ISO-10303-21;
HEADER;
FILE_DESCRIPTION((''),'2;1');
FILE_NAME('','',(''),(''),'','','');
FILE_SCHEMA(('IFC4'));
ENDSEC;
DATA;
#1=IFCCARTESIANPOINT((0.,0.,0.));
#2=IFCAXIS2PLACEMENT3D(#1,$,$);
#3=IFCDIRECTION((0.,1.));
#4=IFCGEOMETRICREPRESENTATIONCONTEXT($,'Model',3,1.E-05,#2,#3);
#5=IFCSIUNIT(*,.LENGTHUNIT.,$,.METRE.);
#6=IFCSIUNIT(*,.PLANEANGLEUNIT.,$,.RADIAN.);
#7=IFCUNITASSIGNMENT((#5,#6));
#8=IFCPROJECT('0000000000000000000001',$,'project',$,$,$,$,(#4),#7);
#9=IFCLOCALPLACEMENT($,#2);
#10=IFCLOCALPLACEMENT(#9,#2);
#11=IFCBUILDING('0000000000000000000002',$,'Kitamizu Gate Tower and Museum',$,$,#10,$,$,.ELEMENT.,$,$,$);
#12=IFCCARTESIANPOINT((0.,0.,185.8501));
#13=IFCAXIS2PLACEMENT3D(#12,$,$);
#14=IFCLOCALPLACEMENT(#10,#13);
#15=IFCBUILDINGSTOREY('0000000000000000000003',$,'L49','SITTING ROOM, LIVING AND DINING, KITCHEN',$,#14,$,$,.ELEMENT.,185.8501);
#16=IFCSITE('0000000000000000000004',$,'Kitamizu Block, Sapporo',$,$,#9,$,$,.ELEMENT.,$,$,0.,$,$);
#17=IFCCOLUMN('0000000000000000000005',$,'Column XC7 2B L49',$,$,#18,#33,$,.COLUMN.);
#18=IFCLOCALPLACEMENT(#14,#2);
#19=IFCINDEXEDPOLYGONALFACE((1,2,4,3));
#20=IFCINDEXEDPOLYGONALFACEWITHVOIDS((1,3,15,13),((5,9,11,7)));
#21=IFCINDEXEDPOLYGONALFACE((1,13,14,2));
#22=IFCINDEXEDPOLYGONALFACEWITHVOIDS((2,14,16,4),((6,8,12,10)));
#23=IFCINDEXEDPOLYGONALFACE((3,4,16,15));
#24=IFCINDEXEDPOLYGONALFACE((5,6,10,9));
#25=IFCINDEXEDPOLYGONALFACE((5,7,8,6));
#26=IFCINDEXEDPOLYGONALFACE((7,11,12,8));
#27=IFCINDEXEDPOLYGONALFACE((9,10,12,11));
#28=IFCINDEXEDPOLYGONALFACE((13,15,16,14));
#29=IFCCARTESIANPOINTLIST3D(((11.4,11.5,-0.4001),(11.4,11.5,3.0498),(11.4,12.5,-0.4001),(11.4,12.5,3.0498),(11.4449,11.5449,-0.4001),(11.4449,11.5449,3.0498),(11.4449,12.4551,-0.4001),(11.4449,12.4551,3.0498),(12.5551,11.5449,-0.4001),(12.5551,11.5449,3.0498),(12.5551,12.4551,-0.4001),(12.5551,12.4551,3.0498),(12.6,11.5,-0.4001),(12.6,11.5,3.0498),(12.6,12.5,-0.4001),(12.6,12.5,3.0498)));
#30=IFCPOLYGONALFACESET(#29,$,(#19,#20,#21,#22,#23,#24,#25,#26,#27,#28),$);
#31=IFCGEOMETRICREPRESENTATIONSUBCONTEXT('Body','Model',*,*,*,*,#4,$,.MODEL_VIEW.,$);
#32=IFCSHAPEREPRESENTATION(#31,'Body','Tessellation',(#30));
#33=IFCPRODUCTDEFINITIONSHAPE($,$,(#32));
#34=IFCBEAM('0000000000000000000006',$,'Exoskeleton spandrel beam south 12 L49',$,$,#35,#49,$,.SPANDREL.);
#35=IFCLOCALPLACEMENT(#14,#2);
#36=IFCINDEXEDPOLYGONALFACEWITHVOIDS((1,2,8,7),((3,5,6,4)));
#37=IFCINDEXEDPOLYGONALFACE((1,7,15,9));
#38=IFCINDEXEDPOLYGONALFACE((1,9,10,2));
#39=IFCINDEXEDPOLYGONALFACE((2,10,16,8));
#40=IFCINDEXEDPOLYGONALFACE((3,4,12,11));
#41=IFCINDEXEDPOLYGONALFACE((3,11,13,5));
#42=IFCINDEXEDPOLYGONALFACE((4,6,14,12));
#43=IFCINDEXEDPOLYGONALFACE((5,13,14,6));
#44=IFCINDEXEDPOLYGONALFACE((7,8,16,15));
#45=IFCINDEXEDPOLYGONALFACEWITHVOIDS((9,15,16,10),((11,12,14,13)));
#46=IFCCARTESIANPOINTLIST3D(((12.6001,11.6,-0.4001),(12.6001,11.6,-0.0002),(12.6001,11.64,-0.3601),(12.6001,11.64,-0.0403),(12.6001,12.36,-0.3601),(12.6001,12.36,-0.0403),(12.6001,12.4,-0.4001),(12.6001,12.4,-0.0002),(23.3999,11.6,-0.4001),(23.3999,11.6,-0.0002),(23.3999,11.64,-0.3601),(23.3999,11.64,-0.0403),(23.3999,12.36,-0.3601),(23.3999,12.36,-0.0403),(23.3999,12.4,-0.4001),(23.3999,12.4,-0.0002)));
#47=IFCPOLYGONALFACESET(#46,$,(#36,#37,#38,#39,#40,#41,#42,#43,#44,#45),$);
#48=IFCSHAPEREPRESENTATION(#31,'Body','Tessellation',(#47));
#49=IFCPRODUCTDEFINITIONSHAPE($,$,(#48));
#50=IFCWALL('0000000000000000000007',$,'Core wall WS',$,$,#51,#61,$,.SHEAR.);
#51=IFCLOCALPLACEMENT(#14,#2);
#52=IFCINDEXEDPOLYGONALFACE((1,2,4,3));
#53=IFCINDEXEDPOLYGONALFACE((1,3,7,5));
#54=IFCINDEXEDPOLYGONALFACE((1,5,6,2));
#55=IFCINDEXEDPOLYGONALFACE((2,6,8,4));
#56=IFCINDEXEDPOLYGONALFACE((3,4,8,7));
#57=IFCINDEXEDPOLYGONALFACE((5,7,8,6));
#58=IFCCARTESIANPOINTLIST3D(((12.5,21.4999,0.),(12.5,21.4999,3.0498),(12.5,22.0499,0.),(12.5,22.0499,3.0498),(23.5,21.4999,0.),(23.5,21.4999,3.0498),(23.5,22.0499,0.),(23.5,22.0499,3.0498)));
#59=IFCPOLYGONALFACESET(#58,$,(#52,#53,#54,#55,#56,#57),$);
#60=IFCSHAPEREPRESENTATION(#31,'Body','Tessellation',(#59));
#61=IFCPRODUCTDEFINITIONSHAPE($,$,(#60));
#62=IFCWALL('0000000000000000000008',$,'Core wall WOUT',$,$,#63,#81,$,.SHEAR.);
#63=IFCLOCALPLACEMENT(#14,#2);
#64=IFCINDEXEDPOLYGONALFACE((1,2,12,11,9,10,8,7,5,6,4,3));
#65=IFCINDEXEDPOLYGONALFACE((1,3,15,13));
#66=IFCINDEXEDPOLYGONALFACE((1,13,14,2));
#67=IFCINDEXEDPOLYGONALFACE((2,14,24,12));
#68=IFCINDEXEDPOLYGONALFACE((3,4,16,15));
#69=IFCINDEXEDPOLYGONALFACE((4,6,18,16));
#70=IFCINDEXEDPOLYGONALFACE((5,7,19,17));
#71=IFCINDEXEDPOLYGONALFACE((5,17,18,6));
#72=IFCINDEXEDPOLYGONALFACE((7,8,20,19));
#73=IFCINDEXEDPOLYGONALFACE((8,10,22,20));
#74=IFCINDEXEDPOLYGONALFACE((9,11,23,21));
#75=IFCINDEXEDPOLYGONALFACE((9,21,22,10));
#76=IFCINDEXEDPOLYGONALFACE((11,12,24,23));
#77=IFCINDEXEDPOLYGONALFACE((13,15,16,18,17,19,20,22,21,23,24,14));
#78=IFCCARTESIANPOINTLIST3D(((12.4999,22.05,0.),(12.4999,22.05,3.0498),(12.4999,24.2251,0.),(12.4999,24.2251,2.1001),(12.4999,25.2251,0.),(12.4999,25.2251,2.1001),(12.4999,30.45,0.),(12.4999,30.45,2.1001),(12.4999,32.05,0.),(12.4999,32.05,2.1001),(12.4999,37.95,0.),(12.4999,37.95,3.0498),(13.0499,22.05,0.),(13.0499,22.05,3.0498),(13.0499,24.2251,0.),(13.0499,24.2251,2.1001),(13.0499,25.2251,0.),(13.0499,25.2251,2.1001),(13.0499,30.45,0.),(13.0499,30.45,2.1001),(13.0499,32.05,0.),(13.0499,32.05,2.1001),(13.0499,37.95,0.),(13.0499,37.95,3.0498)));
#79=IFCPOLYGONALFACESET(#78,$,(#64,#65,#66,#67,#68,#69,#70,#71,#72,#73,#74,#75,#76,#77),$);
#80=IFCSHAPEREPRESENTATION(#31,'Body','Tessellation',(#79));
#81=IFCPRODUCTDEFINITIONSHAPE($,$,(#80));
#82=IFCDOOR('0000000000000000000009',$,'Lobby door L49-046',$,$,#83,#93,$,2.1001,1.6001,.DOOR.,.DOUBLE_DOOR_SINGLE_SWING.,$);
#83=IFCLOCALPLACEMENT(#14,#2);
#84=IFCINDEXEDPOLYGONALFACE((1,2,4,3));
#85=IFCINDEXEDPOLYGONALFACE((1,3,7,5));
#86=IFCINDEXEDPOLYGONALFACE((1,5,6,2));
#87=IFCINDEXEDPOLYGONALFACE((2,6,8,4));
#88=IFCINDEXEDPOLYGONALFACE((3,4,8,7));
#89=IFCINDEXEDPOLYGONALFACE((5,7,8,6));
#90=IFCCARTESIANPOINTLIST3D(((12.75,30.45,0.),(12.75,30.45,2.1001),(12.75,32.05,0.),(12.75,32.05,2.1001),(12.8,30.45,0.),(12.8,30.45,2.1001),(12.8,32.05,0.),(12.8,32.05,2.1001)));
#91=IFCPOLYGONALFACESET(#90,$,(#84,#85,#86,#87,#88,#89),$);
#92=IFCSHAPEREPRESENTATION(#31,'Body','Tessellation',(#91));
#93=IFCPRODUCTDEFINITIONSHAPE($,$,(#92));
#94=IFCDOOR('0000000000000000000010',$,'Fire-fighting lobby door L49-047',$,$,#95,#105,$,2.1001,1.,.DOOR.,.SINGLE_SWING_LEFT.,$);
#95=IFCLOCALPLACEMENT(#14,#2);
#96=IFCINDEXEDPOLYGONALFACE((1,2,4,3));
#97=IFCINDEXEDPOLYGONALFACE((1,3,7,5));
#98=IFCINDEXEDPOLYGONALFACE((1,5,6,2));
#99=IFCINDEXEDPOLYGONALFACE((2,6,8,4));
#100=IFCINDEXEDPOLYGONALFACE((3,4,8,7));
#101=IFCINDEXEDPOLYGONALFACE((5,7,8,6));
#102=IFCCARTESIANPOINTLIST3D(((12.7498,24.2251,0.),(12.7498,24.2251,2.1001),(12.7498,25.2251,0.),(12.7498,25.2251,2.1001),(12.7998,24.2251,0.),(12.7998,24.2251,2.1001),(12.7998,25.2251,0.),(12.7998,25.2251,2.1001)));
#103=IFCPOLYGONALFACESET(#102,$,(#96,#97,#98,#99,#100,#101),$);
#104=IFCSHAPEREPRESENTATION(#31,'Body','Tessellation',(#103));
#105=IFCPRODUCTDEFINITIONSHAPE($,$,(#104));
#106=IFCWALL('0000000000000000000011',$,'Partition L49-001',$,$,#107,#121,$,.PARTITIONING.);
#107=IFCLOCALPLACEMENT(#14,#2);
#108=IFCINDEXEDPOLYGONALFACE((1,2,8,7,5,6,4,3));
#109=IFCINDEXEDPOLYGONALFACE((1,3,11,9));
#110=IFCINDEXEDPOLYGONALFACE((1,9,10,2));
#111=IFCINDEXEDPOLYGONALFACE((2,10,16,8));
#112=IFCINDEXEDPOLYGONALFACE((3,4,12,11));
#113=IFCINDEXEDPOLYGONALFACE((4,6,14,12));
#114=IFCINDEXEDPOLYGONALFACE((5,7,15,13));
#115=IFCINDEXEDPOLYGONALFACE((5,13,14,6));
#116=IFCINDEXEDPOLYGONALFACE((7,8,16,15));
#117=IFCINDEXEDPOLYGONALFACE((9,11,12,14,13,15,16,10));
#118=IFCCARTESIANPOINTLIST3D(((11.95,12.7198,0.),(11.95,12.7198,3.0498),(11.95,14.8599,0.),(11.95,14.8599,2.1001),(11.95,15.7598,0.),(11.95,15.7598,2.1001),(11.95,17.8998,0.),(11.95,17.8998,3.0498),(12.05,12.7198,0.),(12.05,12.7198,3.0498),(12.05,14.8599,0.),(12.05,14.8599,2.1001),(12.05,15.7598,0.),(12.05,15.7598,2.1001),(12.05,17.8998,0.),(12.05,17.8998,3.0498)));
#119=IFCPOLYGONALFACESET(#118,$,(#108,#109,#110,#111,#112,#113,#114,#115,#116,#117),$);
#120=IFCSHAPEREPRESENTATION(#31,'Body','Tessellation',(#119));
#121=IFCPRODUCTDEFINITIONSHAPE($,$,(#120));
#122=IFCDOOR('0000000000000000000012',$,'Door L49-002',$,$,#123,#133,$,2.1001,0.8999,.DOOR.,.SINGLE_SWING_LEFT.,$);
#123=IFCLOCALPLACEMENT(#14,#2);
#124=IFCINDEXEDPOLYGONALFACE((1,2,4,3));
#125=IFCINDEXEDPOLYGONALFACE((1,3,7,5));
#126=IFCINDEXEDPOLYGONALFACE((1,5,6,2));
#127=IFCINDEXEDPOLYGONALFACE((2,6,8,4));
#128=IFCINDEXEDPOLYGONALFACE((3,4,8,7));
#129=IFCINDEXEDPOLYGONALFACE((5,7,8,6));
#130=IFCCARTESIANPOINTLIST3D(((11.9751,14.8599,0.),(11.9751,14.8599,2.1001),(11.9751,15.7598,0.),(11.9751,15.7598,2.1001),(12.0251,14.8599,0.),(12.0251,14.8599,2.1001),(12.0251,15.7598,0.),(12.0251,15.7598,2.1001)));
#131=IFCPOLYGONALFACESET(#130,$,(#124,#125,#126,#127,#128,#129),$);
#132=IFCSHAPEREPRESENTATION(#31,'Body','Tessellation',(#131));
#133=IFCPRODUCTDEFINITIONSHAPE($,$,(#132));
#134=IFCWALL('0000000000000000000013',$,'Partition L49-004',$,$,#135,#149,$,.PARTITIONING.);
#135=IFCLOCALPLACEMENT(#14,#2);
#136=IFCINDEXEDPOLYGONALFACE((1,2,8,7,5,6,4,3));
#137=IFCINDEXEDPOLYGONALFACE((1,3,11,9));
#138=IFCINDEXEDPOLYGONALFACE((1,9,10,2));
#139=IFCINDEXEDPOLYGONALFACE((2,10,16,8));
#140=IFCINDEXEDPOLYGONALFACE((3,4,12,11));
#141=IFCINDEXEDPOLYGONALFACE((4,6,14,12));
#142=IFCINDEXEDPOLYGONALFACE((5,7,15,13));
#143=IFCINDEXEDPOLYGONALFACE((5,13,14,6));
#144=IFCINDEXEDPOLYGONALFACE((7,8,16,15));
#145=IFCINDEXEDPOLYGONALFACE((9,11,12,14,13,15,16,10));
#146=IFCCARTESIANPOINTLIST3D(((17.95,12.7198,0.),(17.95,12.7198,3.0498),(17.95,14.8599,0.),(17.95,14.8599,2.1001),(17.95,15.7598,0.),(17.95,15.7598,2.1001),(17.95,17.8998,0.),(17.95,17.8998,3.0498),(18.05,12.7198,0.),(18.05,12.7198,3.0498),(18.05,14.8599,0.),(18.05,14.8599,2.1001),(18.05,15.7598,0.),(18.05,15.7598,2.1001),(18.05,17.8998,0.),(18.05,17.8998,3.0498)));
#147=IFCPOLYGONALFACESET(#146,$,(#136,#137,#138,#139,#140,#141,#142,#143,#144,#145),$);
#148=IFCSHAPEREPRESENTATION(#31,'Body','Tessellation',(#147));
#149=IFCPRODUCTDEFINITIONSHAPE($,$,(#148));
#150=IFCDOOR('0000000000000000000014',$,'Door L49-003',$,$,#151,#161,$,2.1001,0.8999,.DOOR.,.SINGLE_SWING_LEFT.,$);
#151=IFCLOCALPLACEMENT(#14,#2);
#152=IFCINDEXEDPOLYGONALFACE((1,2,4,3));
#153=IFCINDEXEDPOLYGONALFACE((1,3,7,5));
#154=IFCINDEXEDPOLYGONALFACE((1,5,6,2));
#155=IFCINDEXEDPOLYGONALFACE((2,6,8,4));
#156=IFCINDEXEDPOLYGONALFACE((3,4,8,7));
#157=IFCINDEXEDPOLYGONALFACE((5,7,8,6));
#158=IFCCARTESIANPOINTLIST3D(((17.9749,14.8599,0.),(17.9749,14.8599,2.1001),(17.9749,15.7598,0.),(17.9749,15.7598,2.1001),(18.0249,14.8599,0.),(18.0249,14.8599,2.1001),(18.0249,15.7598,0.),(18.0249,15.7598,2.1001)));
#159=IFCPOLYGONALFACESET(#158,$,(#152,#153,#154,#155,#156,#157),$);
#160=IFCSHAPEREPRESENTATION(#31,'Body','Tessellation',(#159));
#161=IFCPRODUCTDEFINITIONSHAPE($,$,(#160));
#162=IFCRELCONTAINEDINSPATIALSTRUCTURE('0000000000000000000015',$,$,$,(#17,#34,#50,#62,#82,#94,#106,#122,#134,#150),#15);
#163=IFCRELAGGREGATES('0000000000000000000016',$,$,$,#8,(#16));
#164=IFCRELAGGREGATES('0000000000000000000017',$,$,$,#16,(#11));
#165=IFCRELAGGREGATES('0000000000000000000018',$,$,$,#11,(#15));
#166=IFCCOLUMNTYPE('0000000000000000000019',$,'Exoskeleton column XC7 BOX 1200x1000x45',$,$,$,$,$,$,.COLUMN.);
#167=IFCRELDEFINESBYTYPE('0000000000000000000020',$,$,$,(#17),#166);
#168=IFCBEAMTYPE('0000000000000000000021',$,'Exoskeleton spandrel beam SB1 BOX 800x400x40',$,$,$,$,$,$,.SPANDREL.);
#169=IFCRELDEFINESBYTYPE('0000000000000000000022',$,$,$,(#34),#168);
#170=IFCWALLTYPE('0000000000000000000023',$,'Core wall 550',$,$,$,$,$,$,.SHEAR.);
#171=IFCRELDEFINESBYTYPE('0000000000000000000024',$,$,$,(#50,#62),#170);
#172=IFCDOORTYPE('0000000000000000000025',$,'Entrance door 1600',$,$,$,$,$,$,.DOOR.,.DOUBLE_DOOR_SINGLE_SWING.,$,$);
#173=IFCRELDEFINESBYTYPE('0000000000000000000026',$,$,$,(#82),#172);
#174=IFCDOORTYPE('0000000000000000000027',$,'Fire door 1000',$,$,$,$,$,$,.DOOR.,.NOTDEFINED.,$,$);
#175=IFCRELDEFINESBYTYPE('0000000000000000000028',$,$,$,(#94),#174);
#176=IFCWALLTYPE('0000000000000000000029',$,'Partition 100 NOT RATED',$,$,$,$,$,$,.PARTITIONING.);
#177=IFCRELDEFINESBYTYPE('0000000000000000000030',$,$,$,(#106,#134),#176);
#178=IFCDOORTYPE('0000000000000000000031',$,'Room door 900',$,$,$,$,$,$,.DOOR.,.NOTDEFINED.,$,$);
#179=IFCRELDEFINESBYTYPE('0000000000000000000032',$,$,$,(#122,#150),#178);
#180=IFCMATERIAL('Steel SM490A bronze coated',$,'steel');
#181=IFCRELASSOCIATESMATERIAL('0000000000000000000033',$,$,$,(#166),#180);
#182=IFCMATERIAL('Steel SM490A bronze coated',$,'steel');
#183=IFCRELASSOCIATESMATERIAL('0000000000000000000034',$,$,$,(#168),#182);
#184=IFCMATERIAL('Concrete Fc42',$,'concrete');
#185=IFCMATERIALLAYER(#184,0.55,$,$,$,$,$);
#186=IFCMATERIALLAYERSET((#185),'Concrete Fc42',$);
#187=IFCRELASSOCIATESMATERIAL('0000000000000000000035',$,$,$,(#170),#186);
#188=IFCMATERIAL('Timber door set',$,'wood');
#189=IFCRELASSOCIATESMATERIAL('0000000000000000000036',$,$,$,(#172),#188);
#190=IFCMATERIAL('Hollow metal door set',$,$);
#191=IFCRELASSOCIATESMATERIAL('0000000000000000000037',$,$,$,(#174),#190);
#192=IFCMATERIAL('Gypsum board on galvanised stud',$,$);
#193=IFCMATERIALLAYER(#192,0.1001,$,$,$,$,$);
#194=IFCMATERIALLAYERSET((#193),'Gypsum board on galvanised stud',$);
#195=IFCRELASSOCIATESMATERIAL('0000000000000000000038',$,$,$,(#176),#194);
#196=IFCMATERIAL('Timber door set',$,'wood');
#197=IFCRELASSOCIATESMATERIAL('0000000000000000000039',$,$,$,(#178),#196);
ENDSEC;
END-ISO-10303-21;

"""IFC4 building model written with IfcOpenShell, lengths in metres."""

from ifc_helpers import new_model, si_unit, direction, frame, frame_2d, origin, origin_2d, place, context, subcontext, project, spatial, rectangle, hollow_rectangle, extrude, material, layer, layer_set, material_profile, profile_set, type_object, element, fill, save


model = new_model("IFC4")

# Units and contexts
model_context = context("Model", 3, precision=1e-05, world=origin(), true_north=direction((0.0, 1.0)))
body_context = subcontext(model_context, "Body", "Model", "MODEL_VIEW")
ifc_project = project(units=[si_unit("LENGTHUNIT", "METRE"), si_unit("PLANEANGLEUNIT", "RADIAN")], contexts=[model_context])

# Site, building, storey
site_placement = place(None, origin())
site = spatial("IfcSite", under=ifc_project, at=site_placement, Name="Kitamizu Block, Sapporo", CompositionType="ELEMENT", RefElevation=0.0)
building_placement = place(site_placement, origin())
building = spatial("IfcBuilding", under=site, at=building_placement, Name="Kitamizu Gate Tower and Museum", CompositionType="ELEMENT")
storey_placement = place(building_placement, frame((0.0, 0.0, 185.8501)))
storey = spatial("IfcBuildingStorey", under=building, at=storey_placement, Name="L49", Description="SITTING ROOM, LIVING AND DINING, KITCHEN", CompositionType="ELEMENT", Elevation=185.8501)

# Column
ifc_material_1 = material(Name="Steel SM490A bronze coated", Category="steel")
ifc_material_profile_1 = material_profile(ifc_material_1, hollow_rectangle(XDim=1.2, YDim=1.0, WallThickness=0.0449, at=origin_2d()), Name="BOX 1200x1000x45")
ifc_profile_set_1 = profile_set([ifc_material_profile_1], Name="Steel SM490A bronze coated")
column_type = type_object("IfcColumnType", Name="Exoskeleton column XC7 BOX 1200x1000x45", PredefinedType="COLUMN", material=ifc_profile_set_1)
column_placement = place(storey_placement, frame((12.0, 12.0, -0.4001), z_axis=(0.0, 0.0, 1.0), x_axis=(1.0, 0.0, 0.0)))
element("IfcColumn", 1, at=column_placement, inside=storey, type_object=column_type, Name="Column XC7 2B L49", PredefinedType="COLUMN", context=body_context, shape_type="SweptSolid", body=[
    extrude(hollow_rectangle(XDim=1.2, YDim=1.0, WallThickness=0.0449, at=origin_2d()), origin(), (0.0, 0.0, 1.0), 3.45),
])

# Beam
ifc_material_2 = material(Name="Steel SM490A bronze coated", Category="steel")
ifc_material_profile_2 = material_profile(ifc_material_2, hollow_rectangle(XDim=0.8, YDim=0.3999, WallThickness=0.04, at=origin_2d()), Name="BOX 800x400x40")
ifc_profile_set_2 = profile_set([ifc_material_profile_2], Name="Steel SM490A bronze coated")
beam_type = type_object("IfcBeamType", Name="Exoskeleton spandrel beam SB1 BOX 800x400x40", PredefinedType="SPANDREL", material=ifc_profile_set_2)
beam_placement = place(storey_placement, frame((12.6001, 12.0, -0.2002), z_axis=(1.0, 0.0, 0.0), x_axis=(0.0, 1.0, 0.0)))
element("IfcBeam", 2, at=beam_placement, inside=storey, type_object=beam_type, Name="Exoskeleton spandrel beam south 12 L49", PredefinedType="SPANDREL", context=body_context, shape_type="SweptSolid", body=[
    extrude(hollow_rectangle(XDim=0.8, YDim=0.3999, WallThickness=0.04, at=origin_2d()), origin(), (0.0, 0.0, 1.0), 10.7998),
])

# Wall
ifc_material_3 = material(Name="Concrete Fc42", Category="concrete")
ifc_layer_1 = layer(ifc_material_3, 0.55)
ifc_layer_set_1 = layer_set([ifc_layer_1], Name="Concrete Fc42")
wall_type_1 = type_object("IfcWallType", Name="Core wall 550", PredefinedType="SHEAR", material=ifc_layer_set_1)
wall_1_placement = place(storey_placement, frame((12.5, 21.7749, 0.0), z_axis=(0.0, 0.0, 1.0), x_axis=(1.0, 0.0, 0.0)))
element("IfcWall", 3, at=wall_1_placement, inside=storey, type_object=wall_type_1, Name="Core wall WS", PredefinedType="SHEAR", context=body_context, shape_type="SweptSolid", body=[
    extrude(rectangle(XDim=11.0, YDim=0.55, at=frame_2d((5.5, 0.0))), origin(), (0.0, 0.0, 1.0), 3.0498),
])

# Wall, openings, doors
wall_2_placement = place(storey_placement, frame((12.7749, 22.05, 0.0), z_axis=(0.0, 0.0, 1.0), x_axis=(0.0, 1.0, 0.0)))
wall_2 = element("IfcWall", 4, at=wall_2_placement, inside=storey, type_object=wall_type_1, Name="Core wall WOUT", PredefinedType="SHEAR", context=body_context, shape_type="SweptSolid", body=[
    extrude(rectangle(XDim=15.8999, YDim=0.55, at=frame_2d((7.95, 0.0))), origin(), (0.0, 0.0, 1.0), 3.0498),
])
opening_1_placement = place(wall_2_placement, frame((8.3999, 0.0, 0.0)))
opening_1 = element("IfcOpeningElement", 5, at=opening_1_placement, cuts=wall_2, PredefinedType="OPENING", context=body_context, shape_type="SweptSolid", body=[
    extrude(rectangle(XDim=1.6001, YDim=2.1001, at=frame_2d((0.8, 1.05))), frame((0.0, 0.2852, 0.0), z_axis=(0.0, -1.0, 0.0), x_axis=(1.0, 0.0, 0.0)), (0.0, 0.0, 1.0), 0.5701),
])
opening_2_placement = place(wall_2_placement, frame((2.175, 0.0, 0.0)))
opening_2 = element("IfcOpeningElement", 6, at=opening_2_placement, cuts=wall_2, PredefinedType="OPENING", context=body_context, shape_type="SweptSolid", body=[
    extrude(rectangle(XDim=1.0, YDim=2.1001, at=frame_2d((0.5, 1.05))), frame((0.0, 0.2852, 0.0), z_axis=(0.0, -1.0, 0.0), x_axis=(1.0, 0.0, 0.0)), (0.0, 0.0, 1.0), 0.5701),
])
ifc_material_4 = material(Name="Timber door set", Category="wood")
door_type_1 = type_object("IfcDoorType", Name="Entrance door 1600", OperationType="DOUBLE_DOOR_SINGLE_SWING", PredefinedType="DOOR", material=ifc_material_4)
door_1_placement = place(opening_1_placement, origin())
door_1 = element("IfcDoor", 7, at=door_1_placement, inside=storey, type_object=door_type_1, Name="Lobby door L49-046", OperationType="DOUBLE_DOOR_SINGLE_SWING", OverallHeight=2.1001, OverallWidth=1.6001, PredefinedType="DOOR", context=body_context, shape_type="SweptSolid", body=[
    extrude(rectangle(XDim=1.6001, YDim=2.1001, at=frame_2d((0.8, 1.05))), frame((0.0, 0.0249, 0.0), z_axis=(0.0, -1.0, 0.0), x_axis=(1.0, 0.0, 0.0)), (0.0, 0.0, 1.0), 0.05),
])
fill(opening_1, door_1)
ifc_material_5 = material(Name="Hollow metal door set")
door_type_2 = type_object("IfcDoorType", Name="Fire door 1000", OperationType="NOTDEFINED", PredefinedType="DOOR", material=ifc_material_5)
door_2_placement = place(opening_2_placement, frame((1.0, 0.0, 0.0), x_axis=(-1.0, 0.0, 0.0)))
door_2 = element("IfcDoor", 8, at=door_2_placement, inside=storey, type_object=door_type_2, Name="Fire-fighting lobby door L49-047", OperationType="SINGLE_SWING_LEFT", OverallHeight=2.1001, OverallWidth=1.0, PredefinedType="DOOR", context=body_context, shape_type="SweptSolid", body=[
    extrude(rectangle(XDim=1.0, YDim=2.1001, at=frame_2d((0.5, 1.05))), frame((0.0, 0.0249, 0.0), z_axis=(0.0, -1.0, 0.0), x_axis=(1.0, 0.0, 0.0)), (0.0, 0.0, 1.0), 0.05),
])
fill(opening_2, door_2)

# Walls, openings, doors
ifc_material_6 = material(Name="Gypsum board on galvanised stud")
ifc_layer_2 = layer(ifc_material_6, 0.1001)
ifc_layer_set_2 = layer_set([ifc_layer_2], Name="Gypsum board on galvanised stud")
wall_type_2 = type_object("IfcWallType", Name="Partition 100 NOT RATED", PredefinedType="PARTITIONING", material=ifc_layer_set_2)
wall_3_placement = place(storey_placement, frame((12.0, 12.72, 0.0), z_axis=(0.0, 0.0, 1.0), x_axis=(0.0, 1.0, 0.0)))
wall_3 = element("IfcWall", 9, at=wall_3_placement, inside=storey, type_object=wall_type_2, Name="Partition L49-001", PredefinedType="PARTITIONING", context=body_context, shape_type="SweptSolid", body=[
    extrude(rectangle(XDim=5.1799, YDim=0.1001, at=frame_2d((2.5898, 0.0))), origin(), (0.0, 0.0, 1.0), 3.0498),
])
opening_3_placement = place(wall_3_placement, frame((2.1399, 0.0, 0.0)))
opening_3 = element("IfcOpeningElement", 10, at=opening_3_placement, cuts=wall_3, PredefinedType="OPENING", context=body_context, shape_type="SweptSolid", body=[
    extrude(rectangle(XDim=0.8999, YDim=2.1001, at=frame_2d((0.45, 1.05))), frame((0.0, 0.0601, 0.0), z_axis=(0.0, -1.0, 0.0), x_axis=(1.0, 0.0, 0.0)), (0.0, 0.0, 1.0), 0.1201),
])
ifc_material_7 = material(Name="Timber door set", Category="wood")
door_type_3 = type_object("IfcDoorType", Name="Room door 900", OperationType="NOTDEFINED", PredefinedType="DOOR", material=ifc_material_7)
door_3_placement = place(opening_3_placement, origin())
door_3 = element("IfcDoor", 11, at=door_3_placement, inside=storey, type_object=door_type_3, Name="Door L49-002", OperationType="SINGLE_SWING_LEFT", OverallHeight=2.1001, OverallWidth=0.8999, PredefinedType="DOOR", context=body_context, shape_type="SweptSolid", body=[
    extrude(rectangle(XDim=0.8999, YDim=2.1001, at=frame_2d((0.45, 1.05))), frame((0.0, 0.0249, 0.0), z_axis=(0.0, -1.0, 0.0), x_axis=(1.0, 0.0, 0.0)), (0.0, 0.0, 1.0), 0.05),
])
fill(opening_3, door_3)
wall_4_placement = place(storey_placement, frame((18.0, 12.72, 0.0), z_axis=(0.0, 0.0, 1.0), x_axis=(0.0, 1.0, 0.0)))
wall_4 = element("IfcWall", 12, at=wall_4_placement, inside=storey, type_object=wall_type_2, Name="Partition L49-004", PredefinedType="PARTITIONING", context=body_context, shape_type="SweptSolid", body=[
    extrude(rectangle(XDim=5.1799, YDim=0.1001, at=frame_2d((2.5898, 0.0))), origin(), (0.0, 0.0, 1.0), 3.0498),
])
opening_4_placement = place(wall_4_placement, frame((2.1399, 0.0, 0.0)))
opening_4 = element("IfcOpeningElement", 13, at=opening_4_placement, cuts=wall_4, PredefinedType="OPENING", context=body_context, shape_type="SweptSolid", body=[
    extrude(rectangle(XDim=0.8999, YDim=2.1001, at=frame_2d((0.45, 1.05))), frame((0.0, 0.0601, 0.0), z_axis=(0.0, -1.0, 0.0), x_axis=(1.0, 0.0, 0.0)), (0.0, 0.0, 1.0), 0.1201),
])
door_4_placement = place(opening_4_placement, frame((0.8999, 0.0, 0.0), x_axis=(-1.0, 0.0, 0.0)))
door_4 = element("IfcDoor", 14, at=door_4_placement, inside=storey, type_object=door_type_3, Name="Door L49-003", OperationType="SINGLE_SWING_LEFT", OverallHeight=2.1001, OverallWidth=0.8999, PredefinedType="DOOR", context=body_context, shape_type="SweptSolid", body=[
    extrude(rectangle(XDim=0.8999, YDim=2.1001, at=frame_2d((0.45, 1.05))), frame((0.0, 0.0249, 0.0), z_axis=(0.0, -1.0, 0.0), x_axis=(1.0, 0.0, 0.0)), (0.0, 0.0, 1.0), 0.05),
])
fill(opening_4, door_4)

save(model, "model.ifc")
